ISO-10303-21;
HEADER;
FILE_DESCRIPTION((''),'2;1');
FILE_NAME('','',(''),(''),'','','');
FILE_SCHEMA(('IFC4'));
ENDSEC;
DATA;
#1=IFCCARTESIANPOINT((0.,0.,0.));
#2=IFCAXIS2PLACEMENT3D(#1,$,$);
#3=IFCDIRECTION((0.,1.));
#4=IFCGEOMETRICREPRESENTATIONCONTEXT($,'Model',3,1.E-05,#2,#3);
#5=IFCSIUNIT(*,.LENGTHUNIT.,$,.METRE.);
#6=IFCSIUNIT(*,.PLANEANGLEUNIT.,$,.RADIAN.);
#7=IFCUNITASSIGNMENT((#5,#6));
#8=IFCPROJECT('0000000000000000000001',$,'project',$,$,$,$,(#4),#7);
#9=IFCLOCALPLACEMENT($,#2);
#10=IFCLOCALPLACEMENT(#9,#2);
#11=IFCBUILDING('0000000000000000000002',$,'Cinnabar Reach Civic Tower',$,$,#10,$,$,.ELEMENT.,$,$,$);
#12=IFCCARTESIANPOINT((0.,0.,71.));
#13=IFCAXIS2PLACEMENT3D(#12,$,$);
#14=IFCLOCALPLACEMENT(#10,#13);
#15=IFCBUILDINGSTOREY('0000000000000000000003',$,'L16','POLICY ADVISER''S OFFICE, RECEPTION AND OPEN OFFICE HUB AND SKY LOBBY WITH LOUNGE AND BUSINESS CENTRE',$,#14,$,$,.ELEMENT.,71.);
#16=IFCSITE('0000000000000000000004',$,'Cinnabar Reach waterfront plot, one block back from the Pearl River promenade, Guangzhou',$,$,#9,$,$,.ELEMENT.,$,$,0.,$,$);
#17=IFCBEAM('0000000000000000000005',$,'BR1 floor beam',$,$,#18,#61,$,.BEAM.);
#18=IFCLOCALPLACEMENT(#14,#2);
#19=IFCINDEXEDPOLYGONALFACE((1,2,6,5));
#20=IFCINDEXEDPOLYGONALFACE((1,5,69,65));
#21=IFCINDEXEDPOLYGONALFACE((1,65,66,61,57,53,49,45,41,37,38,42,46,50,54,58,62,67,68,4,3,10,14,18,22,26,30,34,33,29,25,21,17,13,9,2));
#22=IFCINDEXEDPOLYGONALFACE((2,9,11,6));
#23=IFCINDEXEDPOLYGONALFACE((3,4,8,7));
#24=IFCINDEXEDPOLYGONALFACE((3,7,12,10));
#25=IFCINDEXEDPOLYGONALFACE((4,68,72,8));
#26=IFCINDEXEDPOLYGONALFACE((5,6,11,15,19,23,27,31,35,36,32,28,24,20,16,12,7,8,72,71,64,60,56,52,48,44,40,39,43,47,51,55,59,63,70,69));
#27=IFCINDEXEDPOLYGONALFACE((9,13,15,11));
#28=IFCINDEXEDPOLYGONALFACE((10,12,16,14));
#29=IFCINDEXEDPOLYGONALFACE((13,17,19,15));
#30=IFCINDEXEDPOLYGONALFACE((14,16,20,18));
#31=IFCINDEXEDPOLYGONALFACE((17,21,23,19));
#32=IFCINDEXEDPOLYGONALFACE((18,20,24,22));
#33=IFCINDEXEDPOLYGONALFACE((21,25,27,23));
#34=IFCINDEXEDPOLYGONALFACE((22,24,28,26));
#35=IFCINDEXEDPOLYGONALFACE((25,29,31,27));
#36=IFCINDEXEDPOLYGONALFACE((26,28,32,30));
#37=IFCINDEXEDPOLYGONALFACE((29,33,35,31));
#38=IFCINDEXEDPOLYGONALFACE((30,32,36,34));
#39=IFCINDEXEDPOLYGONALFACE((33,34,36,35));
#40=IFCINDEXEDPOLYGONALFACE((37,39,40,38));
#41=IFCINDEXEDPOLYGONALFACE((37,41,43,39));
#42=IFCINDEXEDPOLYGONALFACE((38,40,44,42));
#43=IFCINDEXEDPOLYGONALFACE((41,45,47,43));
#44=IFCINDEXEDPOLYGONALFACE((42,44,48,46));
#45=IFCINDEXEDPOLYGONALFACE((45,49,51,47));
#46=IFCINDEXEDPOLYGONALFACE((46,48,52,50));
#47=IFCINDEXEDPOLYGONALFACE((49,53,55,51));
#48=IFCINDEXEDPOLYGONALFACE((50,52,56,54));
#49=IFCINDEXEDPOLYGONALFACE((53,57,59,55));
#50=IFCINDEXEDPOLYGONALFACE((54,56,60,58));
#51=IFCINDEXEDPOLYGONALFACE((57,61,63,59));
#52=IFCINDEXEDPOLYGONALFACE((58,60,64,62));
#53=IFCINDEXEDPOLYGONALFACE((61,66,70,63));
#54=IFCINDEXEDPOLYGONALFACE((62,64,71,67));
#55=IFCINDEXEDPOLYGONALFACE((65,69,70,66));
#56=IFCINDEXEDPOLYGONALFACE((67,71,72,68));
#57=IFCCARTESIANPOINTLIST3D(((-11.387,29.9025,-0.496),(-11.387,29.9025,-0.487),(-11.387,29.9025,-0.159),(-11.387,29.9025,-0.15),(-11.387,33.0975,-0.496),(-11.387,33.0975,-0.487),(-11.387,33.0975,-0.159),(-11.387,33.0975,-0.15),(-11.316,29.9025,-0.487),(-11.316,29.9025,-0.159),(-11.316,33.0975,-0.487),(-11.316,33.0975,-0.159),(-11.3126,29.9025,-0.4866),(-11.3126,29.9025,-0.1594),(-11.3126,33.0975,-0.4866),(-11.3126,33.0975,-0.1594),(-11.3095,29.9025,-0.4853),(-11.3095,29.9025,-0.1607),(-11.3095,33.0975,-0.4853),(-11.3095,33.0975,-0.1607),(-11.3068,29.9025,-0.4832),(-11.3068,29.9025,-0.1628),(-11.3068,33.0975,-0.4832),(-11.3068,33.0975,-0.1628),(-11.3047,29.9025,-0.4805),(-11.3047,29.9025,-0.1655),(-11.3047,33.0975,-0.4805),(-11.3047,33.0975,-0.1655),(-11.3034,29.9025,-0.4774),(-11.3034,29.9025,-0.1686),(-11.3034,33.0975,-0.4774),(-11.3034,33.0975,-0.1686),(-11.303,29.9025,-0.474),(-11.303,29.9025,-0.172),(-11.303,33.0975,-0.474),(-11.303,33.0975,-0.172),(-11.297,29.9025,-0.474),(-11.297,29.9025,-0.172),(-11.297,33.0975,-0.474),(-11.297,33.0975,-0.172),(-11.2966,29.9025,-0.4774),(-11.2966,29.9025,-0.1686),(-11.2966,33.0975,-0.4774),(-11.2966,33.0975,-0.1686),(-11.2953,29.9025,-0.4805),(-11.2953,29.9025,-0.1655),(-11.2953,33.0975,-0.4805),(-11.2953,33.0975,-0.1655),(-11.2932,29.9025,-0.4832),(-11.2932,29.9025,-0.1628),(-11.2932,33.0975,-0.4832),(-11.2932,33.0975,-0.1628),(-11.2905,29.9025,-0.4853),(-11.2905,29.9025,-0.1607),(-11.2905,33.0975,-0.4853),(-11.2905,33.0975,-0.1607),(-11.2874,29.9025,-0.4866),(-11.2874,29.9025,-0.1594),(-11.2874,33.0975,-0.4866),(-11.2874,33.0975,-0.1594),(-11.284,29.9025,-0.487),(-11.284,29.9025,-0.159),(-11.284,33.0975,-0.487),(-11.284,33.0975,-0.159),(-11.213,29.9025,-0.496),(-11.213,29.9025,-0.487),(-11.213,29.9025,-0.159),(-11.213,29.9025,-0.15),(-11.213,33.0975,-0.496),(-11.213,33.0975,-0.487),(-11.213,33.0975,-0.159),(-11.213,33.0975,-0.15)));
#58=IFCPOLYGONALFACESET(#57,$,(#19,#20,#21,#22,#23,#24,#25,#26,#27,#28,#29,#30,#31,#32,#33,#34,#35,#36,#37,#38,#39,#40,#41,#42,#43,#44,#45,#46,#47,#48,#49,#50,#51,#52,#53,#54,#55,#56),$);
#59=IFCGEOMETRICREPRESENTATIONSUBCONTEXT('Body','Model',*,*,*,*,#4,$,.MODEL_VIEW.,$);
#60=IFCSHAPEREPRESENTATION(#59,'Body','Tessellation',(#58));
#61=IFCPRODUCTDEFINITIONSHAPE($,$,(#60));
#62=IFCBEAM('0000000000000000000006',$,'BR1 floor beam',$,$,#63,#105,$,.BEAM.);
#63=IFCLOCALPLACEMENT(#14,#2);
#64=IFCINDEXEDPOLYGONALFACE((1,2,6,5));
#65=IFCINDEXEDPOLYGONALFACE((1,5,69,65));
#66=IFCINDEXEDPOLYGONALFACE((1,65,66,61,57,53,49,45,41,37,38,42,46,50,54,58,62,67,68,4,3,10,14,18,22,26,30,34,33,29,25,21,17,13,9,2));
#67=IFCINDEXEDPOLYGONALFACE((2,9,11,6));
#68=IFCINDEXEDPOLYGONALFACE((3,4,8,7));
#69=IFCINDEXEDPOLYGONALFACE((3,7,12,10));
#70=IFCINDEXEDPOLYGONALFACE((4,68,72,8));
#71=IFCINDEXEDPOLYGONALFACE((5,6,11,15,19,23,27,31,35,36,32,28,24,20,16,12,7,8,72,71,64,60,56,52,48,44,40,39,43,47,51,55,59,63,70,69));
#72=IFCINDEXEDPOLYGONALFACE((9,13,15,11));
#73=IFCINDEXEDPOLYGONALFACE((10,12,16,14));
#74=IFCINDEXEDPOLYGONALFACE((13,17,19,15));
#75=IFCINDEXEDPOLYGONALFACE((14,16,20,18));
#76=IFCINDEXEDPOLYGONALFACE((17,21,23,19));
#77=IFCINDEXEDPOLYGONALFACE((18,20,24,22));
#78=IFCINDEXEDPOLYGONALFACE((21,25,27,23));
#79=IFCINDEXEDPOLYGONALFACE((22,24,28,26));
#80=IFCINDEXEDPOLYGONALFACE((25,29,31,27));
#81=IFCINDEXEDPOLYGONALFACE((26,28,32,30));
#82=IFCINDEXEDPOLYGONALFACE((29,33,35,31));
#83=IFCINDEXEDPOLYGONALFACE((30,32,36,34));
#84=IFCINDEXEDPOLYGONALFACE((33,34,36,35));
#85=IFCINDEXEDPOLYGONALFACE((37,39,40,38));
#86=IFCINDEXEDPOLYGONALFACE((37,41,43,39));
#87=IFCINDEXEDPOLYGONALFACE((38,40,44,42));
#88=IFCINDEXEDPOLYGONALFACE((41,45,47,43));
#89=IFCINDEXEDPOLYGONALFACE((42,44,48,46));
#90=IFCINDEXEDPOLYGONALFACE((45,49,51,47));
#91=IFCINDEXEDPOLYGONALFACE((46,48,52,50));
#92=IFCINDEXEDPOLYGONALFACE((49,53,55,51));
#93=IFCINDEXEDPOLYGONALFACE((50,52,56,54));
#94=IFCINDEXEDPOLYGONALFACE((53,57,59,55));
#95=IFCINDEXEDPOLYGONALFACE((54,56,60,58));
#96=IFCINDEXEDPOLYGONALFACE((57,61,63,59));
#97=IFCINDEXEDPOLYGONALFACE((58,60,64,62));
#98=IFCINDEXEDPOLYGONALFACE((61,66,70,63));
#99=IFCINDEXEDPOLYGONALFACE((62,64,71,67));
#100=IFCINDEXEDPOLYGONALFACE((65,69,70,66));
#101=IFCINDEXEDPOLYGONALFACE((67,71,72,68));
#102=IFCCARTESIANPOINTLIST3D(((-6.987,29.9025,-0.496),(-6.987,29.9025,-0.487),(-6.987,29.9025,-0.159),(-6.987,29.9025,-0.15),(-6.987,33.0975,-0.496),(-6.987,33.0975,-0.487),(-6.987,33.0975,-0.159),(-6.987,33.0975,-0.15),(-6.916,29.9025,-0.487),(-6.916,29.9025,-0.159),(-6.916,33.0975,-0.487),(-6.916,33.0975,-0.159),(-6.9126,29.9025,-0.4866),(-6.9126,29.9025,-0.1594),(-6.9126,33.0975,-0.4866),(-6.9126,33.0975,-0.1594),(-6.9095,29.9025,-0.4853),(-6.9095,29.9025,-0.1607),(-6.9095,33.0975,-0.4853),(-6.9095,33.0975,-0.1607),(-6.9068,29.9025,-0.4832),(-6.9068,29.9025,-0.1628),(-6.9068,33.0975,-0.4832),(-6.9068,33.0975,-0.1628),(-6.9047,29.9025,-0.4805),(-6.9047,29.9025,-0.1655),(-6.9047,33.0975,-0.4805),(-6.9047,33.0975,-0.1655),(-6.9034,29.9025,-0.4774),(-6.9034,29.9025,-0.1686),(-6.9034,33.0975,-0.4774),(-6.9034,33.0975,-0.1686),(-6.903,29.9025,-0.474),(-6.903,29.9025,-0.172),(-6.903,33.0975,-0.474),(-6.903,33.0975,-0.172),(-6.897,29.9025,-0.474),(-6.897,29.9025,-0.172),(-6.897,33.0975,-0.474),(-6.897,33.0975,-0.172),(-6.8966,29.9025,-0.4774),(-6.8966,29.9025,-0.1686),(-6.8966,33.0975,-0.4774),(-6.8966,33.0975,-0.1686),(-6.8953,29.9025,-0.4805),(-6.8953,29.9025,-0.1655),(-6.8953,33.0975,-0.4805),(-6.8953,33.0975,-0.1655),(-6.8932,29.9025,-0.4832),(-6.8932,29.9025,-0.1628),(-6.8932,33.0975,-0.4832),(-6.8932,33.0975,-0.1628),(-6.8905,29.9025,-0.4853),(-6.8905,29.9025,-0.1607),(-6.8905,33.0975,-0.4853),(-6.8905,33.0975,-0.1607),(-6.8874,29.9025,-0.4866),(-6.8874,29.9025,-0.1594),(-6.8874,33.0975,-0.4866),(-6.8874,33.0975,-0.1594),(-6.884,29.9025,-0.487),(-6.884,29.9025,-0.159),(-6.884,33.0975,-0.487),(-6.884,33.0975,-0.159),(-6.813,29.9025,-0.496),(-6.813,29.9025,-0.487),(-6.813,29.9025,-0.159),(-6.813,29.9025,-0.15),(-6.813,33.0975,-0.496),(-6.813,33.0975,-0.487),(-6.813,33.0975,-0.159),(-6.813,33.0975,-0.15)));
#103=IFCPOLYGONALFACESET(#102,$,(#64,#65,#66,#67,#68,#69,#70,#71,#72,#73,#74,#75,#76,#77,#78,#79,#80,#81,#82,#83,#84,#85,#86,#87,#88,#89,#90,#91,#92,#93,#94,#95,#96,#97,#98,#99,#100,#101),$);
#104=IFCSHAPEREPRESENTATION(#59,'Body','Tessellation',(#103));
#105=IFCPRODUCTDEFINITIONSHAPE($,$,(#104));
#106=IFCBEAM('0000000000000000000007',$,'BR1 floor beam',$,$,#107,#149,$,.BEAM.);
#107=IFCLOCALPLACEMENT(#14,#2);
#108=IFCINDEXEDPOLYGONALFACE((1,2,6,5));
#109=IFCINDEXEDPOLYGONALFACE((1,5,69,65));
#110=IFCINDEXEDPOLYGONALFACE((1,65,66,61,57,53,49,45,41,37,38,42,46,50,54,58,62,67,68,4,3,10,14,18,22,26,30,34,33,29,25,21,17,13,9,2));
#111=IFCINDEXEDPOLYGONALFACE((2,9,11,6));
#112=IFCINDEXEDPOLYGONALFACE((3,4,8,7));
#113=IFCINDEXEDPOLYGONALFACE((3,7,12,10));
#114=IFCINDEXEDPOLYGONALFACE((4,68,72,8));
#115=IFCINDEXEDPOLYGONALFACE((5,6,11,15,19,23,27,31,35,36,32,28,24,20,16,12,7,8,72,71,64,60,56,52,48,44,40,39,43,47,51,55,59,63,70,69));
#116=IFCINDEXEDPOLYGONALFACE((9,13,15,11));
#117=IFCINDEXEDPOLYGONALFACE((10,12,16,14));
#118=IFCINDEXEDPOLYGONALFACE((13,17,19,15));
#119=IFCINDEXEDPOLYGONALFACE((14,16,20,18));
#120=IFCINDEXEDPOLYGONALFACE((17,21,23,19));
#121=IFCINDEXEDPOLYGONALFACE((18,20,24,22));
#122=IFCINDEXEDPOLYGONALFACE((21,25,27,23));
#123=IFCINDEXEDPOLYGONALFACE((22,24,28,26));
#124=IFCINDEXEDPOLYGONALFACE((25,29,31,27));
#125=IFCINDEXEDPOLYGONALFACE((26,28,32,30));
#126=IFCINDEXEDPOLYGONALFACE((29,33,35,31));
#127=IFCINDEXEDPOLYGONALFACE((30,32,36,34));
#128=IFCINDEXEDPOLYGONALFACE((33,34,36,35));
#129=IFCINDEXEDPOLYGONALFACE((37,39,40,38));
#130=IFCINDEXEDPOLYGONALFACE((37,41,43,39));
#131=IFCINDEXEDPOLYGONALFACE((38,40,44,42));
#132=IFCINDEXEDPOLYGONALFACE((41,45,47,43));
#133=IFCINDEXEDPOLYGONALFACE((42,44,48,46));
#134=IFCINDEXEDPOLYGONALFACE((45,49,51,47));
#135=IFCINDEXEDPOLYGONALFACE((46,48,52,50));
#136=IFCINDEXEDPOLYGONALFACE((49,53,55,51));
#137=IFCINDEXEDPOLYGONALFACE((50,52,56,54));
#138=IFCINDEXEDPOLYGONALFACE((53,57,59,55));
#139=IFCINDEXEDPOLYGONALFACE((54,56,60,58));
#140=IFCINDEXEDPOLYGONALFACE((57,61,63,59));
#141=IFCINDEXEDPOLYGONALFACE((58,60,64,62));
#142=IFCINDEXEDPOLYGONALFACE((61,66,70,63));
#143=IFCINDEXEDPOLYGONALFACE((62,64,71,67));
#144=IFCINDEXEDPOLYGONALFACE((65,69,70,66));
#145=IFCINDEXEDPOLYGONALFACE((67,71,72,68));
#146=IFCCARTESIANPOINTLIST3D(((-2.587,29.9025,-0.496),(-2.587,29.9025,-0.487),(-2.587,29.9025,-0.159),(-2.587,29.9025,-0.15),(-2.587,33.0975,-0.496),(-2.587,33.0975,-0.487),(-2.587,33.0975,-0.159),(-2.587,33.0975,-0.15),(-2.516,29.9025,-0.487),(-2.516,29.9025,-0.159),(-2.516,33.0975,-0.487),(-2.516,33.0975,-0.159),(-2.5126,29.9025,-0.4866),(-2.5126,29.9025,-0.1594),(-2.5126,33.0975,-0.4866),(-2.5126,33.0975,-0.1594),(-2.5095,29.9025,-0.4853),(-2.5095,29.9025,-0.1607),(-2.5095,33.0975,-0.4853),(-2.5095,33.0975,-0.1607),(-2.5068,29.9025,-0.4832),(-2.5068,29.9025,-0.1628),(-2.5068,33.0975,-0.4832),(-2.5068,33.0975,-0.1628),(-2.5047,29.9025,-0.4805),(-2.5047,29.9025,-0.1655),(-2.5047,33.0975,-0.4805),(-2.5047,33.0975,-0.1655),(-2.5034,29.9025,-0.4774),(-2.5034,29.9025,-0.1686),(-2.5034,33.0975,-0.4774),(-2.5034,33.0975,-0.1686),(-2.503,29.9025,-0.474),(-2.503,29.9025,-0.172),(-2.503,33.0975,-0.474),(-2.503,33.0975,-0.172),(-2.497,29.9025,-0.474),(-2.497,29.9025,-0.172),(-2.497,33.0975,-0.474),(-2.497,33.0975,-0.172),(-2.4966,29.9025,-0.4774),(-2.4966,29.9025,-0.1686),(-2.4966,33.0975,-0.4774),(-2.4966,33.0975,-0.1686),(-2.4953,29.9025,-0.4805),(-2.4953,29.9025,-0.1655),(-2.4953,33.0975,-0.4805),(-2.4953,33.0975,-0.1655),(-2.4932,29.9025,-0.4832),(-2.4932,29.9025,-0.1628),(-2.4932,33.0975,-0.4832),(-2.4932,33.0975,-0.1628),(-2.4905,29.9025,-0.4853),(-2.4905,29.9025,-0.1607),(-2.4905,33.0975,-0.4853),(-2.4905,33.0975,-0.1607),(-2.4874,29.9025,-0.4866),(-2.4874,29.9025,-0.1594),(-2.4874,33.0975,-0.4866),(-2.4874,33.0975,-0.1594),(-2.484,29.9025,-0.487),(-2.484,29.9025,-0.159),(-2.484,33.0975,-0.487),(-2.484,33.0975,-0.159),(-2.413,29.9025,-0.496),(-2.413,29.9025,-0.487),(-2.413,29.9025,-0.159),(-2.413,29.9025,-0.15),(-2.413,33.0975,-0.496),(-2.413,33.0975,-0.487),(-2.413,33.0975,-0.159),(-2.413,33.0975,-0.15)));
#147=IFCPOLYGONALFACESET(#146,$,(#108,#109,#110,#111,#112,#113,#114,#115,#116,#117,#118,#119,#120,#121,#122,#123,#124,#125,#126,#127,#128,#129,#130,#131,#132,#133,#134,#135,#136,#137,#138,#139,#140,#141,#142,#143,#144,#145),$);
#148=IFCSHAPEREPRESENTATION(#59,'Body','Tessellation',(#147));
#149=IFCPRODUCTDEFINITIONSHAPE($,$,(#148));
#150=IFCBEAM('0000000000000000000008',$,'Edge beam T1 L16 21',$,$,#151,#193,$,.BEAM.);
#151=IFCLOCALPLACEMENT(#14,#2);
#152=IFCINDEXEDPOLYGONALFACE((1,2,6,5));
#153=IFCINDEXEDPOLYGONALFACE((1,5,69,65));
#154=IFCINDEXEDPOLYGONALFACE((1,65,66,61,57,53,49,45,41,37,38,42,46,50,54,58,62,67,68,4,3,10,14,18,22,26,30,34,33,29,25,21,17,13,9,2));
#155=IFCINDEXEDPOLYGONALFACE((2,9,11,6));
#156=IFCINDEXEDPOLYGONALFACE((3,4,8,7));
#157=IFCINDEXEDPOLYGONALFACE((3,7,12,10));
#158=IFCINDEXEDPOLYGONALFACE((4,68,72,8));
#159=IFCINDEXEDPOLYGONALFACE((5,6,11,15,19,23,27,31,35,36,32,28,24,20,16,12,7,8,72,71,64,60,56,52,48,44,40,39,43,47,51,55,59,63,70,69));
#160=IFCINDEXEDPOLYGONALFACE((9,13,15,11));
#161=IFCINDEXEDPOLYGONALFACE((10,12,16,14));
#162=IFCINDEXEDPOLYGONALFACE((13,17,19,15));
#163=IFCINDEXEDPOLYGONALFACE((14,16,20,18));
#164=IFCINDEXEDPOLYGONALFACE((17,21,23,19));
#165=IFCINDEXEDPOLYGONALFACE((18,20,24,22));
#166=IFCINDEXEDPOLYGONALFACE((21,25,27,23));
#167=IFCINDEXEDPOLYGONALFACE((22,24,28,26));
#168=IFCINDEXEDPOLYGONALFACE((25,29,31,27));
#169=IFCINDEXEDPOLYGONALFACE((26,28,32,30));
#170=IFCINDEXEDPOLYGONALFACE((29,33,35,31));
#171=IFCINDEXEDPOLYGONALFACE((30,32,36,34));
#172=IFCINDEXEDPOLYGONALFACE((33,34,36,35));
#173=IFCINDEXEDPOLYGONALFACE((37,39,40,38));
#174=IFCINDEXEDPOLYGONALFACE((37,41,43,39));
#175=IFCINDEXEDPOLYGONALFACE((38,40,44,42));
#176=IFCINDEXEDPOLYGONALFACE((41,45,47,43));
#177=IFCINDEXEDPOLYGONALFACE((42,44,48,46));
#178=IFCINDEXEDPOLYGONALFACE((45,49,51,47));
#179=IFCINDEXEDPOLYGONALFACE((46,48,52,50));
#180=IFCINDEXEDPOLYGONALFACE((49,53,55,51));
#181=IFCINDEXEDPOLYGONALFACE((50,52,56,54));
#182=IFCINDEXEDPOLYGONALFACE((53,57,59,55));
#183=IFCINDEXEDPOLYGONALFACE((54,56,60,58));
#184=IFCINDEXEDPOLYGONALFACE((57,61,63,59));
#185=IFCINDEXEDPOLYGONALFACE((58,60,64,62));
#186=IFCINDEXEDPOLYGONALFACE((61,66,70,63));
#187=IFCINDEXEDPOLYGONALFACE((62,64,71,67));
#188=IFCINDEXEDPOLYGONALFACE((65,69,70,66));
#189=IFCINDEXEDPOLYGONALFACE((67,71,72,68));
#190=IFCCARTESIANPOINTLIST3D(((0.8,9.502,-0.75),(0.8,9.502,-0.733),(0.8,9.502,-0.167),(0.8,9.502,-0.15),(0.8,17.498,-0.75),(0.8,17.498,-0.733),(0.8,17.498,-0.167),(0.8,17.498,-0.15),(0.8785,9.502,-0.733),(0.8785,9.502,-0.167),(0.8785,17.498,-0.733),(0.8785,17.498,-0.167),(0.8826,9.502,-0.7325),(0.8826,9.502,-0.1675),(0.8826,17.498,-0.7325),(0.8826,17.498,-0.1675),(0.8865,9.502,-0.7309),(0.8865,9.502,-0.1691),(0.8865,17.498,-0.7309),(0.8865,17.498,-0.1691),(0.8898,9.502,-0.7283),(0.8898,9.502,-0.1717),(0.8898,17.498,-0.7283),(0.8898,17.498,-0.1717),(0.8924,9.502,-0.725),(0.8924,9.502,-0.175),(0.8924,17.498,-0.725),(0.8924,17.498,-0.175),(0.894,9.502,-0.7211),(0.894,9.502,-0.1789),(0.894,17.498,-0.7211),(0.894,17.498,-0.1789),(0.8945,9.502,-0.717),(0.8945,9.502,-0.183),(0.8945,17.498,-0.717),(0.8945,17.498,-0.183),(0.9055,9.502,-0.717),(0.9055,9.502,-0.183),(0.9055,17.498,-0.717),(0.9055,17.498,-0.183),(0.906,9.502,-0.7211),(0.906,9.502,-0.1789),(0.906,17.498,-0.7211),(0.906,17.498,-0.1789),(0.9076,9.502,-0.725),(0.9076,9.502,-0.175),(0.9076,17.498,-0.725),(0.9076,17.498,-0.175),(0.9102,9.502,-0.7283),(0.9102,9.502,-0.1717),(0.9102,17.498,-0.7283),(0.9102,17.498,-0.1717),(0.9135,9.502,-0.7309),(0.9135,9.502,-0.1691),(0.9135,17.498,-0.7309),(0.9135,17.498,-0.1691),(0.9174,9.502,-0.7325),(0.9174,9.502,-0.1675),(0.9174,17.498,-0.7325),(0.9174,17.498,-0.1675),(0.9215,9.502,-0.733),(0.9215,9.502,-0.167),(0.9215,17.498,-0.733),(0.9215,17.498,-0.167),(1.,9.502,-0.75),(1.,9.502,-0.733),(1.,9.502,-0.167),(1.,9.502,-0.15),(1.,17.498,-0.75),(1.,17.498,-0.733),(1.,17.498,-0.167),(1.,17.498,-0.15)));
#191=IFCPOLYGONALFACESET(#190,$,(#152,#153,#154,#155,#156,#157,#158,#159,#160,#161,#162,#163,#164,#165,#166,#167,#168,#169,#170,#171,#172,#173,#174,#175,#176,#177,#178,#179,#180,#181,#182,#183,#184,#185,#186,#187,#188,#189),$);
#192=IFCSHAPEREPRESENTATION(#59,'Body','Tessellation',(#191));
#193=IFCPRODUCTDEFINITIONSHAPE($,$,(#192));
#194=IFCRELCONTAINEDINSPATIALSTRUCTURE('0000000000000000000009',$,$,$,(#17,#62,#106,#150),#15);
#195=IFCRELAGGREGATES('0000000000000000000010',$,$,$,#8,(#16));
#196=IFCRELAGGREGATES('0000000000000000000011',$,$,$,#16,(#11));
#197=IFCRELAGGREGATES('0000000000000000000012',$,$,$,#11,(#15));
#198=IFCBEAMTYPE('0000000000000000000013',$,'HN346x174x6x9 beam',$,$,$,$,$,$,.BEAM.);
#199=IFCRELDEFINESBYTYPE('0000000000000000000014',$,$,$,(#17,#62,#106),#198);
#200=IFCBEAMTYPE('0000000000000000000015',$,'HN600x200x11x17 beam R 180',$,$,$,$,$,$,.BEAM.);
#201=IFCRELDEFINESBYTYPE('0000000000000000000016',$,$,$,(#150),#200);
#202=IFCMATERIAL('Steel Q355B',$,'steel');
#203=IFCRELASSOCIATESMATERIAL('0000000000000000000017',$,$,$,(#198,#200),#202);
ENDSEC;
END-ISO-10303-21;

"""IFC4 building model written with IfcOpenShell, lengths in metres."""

from ifc_helpers import new_model, si_unit, direction, frame, origin, origin_2d, place, context, subcontext, project, spatial, i_section, extrude, material, material_profile, profile_set, type_object, element, save


model = new_model("IFC4")

# Units and contexts
model_context = context("Model", 3, precision=1e-05, world=origin(), true_north=direction((0.0, 1.0)))
body_context = subcontext(model_context, "Body", "Model", "MODEL_VIEW")
ifc_project = project(units=[si_unit("LENGTHUNIT", "METRE"), si_unit("PLANEANGLEUNIT", "RADIAN")], contexts=[model_context])

# Site, building, storey
site_placement = place(None, origin())
site = spatial("IfcSite", under=ifc_project, at=site_placement, Name="Cinnabar Reach waterfront plot, one block back from the Pearl River promenade, Guangzhou", CompositionType="ELEMENT", RefElevation=0.0)
building_placement = place(site_placement, origin())
building = spatial("IfcBuilding", under=site, at=building_placement, Name="Cinnabar Reach Civic Tower", CompositionType="ELEMENT")
storey_placement = place(building_placement, frame((0.0, 0.0, 71.0)))
storey = spatial("IfcBuildingStorey", under=building, at=storey_placement, Name="L16", Description="POLICY ADVISER'S OFFICE, RECEPTION AND OPEN OFFICE HUB AND SKY LOBBY WITH LOUNGE AND BUSINESS CENTRE", CompositionType="ELEMENT", Elevation=71.0)

# Shared definitions
ifc_material_1 = material(Name="Steel Q355B", Category="steel")

# Beams
ifc_material_profile_1 = material_profile(ifc_material_1, i_section(OverallWidth=0.174, OverallDepth=0.346, WebThickness=0.006, FlangeThickness=0.009, FilletRadius=0.013, at=origin_2d()), Name="HN346x174x6x9")
ifc_profile_set_1 = profile_set([ifc_material_profile_1], Name="Steel Q355B")
beam_type_1 = type_object("IfcBeamType", Name="HN346x174x6x9 beam", PredefinedType="BEAM", material=ifc_profile_set_1)
for number, where, z_axis, x_axis, name in (
    (1, (-11.3, 29.9025, -0.323), (0.0, 1.0, 0.0), (-1.0, 0.0, 0.0), "BR1 floor beam"),
    (2, (-6.9, 29.9025, -0.323), (0.0, 1.0, 0.0), (-1.0, 0.0, 0.0), "BR1 floor beam"),
    (3, (-2.5, 29.9025, -0.323), (0.0, 1.0, 0.0), (-1.0, 0.0, 0.0), "BR1 floor beam"),
):
    element("IfcBeam", number, at=place(storey_placement, frame(where, z_axis=z_axis, x_axis=x_axis)), inside=storey, type_object=beam_type_1, Name=name, PredefinedType="BEAM", context=body_context, shape_type="SweptSolid", body=[
        extrude(i_section(OverallWidth=0.174, OverallDepth=0.346, WebThickness=0.006, FlangeThickness=0.009, FilletRadius=0.013, at=origin_2d()), origin(), (0.0, 0.0, 1.0), 3.195),
    ])
ifc_material_profile_2 = material_profile(ifc_material_1, i_section(OverallWidth=0.2, OverallDepth=0.6, WebThickness=0.011, FlangeThickness=0.017, FilletRadius=0.016, at=origin_2d()), Name="HN600x200x11x17")
ifc_profile_set_2 = profile_set([ifc_material_profile_2], Name="Steel Q355B")
beam_type_2 = type_object("IfcBeamType", Name="HN600x200x11x17 beam R 180", PredefinedType="BEAM", material=ifc_profile_set_2)
beam_placement = place(storey_placement, frame((0.9, 17.498, -0.45), z_axis=(0.0, -1.0, 0.0), x_axis=(1.0, 0.0, 0.0)))
element("IfcBeam", 4, at=beam_placement, inside=storey, type_object=beam_type_2, Name="Edge beam T1 L16 21", PredefinedType="BEAM", context=body_context, shape_type="SweptSolid", body=[
    extrude(i_section(OverallWidth=0.2, OverallDepth=0.6, WebThickness=0.011, FlangeThickness=0.017, FilletRadius=0.016, at=origin_2d()), origin(), (0.0, 0.0, 1.0), 7.996),
])

save(model, "model.ifc")
